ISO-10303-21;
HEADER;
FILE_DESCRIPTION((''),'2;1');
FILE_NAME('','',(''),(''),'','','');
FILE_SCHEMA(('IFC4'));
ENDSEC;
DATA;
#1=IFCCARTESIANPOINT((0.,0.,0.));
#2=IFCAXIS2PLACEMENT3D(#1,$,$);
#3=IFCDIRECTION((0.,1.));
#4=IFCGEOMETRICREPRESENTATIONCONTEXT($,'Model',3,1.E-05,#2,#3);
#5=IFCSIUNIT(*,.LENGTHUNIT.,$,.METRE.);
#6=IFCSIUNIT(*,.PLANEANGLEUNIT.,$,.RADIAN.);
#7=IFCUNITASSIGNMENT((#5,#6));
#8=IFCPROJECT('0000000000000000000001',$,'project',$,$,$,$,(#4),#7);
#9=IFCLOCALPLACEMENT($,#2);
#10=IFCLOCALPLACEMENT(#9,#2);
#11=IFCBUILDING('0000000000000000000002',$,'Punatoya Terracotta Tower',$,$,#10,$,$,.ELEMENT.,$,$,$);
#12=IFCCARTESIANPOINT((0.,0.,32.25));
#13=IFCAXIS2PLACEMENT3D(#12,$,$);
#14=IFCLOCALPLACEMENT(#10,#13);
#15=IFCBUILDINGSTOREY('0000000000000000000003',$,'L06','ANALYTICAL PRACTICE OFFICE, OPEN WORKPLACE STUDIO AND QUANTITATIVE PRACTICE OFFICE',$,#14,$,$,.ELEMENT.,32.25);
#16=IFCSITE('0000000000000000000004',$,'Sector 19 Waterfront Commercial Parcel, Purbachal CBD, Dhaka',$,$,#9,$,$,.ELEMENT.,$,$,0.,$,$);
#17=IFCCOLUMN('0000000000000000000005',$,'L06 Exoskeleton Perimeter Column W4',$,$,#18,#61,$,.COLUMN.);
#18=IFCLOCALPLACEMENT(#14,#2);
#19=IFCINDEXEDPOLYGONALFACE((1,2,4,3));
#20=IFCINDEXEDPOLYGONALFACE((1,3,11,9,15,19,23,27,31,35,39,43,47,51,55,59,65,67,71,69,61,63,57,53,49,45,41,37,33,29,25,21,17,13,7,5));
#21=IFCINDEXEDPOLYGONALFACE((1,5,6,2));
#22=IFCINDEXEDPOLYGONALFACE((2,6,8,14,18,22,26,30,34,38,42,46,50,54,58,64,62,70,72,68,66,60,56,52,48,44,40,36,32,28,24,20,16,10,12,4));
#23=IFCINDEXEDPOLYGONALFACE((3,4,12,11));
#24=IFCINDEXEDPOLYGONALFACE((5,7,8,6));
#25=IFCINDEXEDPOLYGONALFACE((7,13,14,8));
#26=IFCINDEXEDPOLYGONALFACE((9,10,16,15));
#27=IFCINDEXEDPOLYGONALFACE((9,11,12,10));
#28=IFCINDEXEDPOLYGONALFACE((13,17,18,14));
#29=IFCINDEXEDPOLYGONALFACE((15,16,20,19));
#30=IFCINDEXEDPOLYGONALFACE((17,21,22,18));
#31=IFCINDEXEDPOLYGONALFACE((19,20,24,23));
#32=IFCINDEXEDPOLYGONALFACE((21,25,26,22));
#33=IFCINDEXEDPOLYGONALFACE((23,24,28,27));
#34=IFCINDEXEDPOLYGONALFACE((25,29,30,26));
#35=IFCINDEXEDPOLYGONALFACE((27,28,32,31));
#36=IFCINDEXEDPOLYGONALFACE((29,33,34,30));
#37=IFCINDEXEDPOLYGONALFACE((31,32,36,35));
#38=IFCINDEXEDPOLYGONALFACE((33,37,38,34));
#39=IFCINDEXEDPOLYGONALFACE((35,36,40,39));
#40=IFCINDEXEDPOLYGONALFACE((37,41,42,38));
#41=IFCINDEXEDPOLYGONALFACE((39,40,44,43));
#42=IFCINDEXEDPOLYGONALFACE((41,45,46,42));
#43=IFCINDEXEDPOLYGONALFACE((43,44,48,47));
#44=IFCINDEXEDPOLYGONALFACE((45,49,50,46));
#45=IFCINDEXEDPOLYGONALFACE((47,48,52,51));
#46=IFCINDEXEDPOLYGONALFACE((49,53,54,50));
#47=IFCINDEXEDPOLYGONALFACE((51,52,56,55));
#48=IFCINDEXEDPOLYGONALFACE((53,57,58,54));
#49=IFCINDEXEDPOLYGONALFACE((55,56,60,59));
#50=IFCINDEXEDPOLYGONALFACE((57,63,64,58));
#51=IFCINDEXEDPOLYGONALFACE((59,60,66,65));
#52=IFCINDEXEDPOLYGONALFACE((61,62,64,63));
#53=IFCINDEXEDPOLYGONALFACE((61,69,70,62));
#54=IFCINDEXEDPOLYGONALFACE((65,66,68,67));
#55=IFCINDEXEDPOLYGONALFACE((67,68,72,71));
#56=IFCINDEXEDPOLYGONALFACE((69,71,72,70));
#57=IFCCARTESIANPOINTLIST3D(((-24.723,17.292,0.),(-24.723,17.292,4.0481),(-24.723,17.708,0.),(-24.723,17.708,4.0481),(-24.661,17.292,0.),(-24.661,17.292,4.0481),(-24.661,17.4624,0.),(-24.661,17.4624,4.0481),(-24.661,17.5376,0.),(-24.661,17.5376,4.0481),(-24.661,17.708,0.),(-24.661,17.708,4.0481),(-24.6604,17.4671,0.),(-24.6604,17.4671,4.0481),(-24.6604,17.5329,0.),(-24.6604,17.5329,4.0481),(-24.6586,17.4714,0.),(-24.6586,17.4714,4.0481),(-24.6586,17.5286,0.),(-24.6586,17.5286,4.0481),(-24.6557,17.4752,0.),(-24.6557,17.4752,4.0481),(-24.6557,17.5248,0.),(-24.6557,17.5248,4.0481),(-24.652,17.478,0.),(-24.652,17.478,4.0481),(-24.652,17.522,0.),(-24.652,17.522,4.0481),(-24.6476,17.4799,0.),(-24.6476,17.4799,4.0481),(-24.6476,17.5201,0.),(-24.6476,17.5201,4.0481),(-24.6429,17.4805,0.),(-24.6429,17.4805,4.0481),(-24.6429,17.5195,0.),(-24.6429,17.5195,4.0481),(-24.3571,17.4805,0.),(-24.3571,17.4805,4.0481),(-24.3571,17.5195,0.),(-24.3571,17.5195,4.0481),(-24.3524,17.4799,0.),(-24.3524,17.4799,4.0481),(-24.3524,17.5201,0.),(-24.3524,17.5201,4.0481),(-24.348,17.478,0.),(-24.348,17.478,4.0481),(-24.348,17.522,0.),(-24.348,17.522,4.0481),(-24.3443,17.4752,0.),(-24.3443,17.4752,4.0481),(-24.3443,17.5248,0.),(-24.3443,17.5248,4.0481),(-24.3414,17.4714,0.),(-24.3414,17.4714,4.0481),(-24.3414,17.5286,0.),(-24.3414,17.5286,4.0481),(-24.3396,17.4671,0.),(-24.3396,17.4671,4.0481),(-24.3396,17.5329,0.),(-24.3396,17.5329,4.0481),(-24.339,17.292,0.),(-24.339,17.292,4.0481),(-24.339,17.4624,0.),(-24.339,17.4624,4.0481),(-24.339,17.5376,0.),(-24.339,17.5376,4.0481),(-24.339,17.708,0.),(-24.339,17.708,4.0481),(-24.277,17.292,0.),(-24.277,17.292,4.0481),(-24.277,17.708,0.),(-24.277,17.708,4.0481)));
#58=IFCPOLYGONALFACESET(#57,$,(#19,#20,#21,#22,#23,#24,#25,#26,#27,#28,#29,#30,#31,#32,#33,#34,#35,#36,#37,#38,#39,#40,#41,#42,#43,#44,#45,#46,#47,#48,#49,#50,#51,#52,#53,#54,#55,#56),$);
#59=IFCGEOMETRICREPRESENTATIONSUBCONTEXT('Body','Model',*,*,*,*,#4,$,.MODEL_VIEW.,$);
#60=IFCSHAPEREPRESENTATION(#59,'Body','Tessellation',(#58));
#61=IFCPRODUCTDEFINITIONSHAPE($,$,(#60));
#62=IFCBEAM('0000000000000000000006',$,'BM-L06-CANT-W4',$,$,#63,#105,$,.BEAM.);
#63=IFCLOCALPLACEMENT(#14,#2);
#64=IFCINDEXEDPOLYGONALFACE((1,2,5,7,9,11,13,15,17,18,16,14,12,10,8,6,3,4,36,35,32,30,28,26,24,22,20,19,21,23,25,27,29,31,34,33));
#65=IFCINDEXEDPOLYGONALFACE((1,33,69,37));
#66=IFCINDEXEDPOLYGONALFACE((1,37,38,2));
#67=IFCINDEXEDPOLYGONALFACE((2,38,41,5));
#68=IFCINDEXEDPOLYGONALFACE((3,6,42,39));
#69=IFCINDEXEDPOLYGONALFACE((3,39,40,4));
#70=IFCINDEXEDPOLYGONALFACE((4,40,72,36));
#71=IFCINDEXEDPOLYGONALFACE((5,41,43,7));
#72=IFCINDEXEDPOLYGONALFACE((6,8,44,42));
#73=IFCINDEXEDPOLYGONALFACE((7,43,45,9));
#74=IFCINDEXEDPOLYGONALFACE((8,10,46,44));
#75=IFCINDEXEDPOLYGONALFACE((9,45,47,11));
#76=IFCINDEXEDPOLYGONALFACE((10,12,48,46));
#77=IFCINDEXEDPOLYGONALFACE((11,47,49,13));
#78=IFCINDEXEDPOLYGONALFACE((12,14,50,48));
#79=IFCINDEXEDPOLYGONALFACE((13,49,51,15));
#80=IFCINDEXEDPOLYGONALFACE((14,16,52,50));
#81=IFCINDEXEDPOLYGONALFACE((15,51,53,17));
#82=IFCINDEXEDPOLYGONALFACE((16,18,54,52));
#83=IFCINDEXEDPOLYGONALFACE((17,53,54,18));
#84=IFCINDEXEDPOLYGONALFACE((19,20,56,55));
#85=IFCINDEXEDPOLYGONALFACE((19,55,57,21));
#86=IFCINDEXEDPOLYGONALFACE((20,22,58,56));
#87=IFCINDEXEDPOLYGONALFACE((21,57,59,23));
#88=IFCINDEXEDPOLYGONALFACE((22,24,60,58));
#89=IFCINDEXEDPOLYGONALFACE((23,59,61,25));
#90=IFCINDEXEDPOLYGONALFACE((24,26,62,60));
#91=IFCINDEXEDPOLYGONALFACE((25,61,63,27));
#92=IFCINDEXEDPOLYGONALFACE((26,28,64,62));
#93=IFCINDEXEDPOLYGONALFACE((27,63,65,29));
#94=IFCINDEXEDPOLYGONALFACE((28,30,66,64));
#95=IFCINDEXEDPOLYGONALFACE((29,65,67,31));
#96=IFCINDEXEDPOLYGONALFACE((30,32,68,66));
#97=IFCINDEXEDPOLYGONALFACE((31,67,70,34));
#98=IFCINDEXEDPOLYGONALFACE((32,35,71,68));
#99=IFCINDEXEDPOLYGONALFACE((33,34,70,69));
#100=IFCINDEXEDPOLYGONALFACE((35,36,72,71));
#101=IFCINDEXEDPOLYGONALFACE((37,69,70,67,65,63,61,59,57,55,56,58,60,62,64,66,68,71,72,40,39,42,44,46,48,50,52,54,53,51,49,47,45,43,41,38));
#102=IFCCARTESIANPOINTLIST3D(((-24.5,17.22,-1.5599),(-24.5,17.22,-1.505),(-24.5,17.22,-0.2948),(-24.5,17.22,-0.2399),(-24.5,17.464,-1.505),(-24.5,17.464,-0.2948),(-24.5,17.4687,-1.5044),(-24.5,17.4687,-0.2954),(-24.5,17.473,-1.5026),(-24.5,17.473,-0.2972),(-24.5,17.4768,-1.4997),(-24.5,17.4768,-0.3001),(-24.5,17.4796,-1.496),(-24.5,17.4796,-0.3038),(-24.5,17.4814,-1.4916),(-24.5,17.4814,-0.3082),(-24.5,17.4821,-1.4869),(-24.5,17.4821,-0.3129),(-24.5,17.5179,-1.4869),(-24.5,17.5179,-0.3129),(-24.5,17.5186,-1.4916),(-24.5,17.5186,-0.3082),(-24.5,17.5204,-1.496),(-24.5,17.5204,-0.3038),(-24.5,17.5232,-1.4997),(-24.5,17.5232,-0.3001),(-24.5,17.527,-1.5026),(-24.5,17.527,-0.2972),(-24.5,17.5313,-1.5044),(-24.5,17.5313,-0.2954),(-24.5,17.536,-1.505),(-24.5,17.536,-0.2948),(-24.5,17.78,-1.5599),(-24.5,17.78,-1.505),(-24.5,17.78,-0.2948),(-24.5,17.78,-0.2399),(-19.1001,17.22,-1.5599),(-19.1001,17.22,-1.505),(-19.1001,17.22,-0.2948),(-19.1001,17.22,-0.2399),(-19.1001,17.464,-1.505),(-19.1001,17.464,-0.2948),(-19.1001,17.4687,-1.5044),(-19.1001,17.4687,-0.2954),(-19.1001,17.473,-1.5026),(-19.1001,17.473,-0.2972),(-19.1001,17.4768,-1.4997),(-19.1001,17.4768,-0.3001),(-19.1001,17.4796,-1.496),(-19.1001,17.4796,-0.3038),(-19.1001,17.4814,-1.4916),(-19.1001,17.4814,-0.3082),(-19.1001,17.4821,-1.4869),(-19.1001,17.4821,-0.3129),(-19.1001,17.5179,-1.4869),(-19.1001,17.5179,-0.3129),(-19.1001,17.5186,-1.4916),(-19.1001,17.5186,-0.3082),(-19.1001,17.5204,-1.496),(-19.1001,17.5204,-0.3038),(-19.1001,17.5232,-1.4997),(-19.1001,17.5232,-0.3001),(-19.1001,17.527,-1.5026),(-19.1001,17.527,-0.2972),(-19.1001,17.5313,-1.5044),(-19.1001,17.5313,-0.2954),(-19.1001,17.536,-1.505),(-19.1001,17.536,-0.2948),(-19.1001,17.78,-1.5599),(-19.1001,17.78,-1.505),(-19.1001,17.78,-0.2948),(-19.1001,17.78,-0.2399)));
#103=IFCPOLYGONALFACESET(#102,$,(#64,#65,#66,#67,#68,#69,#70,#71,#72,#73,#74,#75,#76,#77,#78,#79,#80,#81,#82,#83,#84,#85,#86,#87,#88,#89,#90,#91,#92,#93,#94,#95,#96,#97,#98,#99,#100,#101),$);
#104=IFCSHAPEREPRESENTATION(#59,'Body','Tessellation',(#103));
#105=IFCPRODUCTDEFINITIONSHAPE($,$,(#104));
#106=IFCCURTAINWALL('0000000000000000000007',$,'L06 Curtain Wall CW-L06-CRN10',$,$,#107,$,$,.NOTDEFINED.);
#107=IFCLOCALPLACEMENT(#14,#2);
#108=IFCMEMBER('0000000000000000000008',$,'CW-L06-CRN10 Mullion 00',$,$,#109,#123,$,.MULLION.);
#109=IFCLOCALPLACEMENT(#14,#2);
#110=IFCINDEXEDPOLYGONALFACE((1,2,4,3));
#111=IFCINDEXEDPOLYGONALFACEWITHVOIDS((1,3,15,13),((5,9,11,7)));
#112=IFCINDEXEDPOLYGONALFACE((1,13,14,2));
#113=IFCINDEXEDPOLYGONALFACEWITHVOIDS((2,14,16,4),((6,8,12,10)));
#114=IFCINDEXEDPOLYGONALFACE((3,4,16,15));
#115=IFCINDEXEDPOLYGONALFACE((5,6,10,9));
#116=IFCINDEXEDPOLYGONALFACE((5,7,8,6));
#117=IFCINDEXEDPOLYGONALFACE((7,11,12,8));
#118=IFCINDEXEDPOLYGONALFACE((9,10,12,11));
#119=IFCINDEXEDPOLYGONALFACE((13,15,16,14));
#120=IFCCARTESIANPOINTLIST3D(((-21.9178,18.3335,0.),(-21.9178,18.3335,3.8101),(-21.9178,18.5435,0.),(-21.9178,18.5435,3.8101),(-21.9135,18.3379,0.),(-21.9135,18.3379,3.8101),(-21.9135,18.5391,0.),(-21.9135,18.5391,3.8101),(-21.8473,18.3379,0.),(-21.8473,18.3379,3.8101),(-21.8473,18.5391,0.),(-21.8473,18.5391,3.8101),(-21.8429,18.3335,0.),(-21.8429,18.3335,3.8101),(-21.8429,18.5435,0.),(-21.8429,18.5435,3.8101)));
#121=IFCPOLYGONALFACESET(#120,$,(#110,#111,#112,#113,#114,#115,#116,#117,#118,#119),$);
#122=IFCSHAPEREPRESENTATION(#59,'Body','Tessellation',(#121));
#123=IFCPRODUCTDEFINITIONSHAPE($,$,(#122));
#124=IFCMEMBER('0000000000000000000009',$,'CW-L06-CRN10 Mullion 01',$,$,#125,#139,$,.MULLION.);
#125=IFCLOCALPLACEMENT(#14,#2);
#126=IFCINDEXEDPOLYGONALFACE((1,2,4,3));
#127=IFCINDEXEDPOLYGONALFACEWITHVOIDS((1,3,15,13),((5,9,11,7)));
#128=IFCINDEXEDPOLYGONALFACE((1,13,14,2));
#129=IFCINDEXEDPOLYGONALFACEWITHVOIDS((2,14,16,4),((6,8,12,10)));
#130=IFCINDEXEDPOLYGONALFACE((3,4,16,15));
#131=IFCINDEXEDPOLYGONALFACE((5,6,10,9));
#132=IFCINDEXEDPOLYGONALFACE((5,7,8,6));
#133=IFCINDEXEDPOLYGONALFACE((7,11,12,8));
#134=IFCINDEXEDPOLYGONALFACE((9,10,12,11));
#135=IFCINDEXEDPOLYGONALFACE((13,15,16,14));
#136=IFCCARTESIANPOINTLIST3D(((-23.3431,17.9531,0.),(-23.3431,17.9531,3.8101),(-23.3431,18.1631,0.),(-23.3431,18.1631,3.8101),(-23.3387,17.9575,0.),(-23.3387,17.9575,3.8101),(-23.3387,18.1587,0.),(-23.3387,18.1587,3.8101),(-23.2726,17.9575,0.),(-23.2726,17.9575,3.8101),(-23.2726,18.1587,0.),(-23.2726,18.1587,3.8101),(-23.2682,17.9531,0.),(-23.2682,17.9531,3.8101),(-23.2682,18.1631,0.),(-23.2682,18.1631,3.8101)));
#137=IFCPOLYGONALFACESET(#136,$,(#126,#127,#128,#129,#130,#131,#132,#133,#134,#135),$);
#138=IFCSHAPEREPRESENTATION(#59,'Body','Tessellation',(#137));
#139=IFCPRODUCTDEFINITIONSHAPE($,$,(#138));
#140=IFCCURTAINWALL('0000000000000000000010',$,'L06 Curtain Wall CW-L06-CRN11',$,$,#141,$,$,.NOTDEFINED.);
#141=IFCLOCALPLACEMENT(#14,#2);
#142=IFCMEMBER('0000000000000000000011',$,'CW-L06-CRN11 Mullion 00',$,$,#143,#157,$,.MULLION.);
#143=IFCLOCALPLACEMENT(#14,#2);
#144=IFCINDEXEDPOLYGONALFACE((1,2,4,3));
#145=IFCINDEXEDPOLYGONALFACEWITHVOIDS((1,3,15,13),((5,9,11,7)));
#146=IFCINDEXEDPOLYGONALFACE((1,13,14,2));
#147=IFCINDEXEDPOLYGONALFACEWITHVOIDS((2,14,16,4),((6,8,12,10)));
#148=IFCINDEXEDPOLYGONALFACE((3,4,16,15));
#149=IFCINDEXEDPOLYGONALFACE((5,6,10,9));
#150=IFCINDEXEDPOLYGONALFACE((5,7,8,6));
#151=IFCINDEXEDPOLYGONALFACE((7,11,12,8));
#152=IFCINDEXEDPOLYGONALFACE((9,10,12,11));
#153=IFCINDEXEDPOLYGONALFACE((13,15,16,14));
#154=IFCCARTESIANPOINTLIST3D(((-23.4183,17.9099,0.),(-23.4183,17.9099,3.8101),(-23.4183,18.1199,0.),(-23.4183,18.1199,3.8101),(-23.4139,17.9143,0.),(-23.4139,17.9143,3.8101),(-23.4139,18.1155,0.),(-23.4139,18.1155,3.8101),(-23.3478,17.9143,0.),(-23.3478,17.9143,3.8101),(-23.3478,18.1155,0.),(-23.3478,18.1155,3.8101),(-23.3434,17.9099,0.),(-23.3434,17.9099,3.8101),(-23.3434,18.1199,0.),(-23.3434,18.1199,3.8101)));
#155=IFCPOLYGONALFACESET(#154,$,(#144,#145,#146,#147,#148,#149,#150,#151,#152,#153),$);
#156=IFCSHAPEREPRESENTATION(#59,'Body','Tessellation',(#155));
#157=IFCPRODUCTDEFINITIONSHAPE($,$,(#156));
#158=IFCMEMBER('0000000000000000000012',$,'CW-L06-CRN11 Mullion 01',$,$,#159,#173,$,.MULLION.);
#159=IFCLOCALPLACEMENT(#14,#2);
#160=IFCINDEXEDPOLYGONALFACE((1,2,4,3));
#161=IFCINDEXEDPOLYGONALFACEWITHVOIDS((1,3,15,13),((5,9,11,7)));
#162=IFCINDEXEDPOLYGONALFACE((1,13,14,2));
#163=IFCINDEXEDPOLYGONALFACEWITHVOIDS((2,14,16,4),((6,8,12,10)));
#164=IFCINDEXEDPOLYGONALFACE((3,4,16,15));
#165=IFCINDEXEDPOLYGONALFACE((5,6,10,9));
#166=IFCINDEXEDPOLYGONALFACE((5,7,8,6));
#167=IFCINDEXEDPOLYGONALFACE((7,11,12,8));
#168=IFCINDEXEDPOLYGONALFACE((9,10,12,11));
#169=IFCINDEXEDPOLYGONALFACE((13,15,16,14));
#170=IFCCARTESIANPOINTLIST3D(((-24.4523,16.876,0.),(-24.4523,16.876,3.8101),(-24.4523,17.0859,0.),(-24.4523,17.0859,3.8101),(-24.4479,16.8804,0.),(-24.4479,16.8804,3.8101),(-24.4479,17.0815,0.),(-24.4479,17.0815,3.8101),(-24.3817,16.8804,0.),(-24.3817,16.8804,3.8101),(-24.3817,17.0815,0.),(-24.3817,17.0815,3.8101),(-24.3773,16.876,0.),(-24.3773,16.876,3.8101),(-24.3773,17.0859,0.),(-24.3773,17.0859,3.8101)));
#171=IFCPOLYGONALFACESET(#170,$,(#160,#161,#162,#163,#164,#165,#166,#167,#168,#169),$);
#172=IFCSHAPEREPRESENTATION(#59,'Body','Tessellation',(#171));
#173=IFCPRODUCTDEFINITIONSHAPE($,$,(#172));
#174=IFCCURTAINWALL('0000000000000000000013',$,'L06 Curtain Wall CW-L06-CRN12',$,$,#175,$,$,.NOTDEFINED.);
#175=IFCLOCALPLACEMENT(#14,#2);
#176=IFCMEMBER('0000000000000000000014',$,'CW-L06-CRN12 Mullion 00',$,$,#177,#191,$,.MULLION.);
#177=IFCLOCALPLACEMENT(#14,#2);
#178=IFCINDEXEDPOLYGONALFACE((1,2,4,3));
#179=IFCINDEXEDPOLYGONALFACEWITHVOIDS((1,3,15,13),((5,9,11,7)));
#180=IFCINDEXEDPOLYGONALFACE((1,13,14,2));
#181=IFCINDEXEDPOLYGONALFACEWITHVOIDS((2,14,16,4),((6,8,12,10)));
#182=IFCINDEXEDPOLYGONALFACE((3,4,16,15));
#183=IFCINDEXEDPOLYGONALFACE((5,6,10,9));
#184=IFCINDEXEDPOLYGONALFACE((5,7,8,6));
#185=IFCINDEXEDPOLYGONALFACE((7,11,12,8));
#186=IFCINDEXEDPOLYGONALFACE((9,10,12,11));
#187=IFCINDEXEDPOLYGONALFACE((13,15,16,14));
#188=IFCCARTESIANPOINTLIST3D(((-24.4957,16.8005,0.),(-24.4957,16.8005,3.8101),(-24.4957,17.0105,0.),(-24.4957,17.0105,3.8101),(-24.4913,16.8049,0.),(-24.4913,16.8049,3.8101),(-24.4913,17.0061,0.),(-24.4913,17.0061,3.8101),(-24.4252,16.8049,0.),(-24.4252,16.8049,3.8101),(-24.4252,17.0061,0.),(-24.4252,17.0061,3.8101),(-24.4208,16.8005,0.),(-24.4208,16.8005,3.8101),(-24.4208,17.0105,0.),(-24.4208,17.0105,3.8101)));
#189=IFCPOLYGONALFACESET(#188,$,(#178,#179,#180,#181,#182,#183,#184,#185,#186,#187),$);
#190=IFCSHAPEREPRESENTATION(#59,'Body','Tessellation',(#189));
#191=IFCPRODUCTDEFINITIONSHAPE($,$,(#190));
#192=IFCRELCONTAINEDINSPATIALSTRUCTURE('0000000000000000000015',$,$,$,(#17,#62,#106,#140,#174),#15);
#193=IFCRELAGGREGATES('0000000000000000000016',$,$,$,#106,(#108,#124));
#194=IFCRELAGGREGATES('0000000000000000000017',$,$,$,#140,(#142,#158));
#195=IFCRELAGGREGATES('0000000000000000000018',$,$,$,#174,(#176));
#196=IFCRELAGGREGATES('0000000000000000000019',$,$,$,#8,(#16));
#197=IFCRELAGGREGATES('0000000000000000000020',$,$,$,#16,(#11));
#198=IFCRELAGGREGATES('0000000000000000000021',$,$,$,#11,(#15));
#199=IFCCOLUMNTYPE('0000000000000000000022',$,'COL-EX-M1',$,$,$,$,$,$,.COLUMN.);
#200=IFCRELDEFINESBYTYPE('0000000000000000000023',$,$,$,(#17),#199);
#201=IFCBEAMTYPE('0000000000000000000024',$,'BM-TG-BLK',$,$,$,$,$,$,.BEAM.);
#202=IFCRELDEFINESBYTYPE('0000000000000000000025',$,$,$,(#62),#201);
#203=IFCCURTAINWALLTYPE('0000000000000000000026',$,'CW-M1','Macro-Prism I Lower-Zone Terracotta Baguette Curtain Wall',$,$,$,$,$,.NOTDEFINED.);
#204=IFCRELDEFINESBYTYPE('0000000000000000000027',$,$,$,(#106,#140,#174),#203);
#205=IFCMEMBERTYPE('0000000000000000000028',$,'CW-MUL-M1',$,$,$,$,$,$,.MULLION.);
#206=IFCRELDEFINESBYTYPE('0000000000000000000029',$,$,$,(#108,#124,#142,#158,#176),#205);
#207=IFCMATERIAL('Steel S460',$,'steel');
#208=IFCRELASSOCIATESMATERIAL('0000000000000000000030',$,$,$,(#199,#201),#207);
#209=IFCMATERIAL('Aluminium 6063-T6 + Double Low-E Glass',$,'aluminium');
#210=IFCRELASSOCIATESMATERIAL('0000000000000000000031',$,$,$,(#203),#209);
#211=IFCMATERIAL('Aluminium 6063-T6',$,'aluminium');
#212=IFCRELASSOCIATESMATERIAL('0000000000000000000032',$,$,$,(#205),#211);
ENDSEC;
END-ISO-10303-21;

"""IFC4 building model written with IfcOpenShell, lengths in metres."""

from ifc_helpers import new_model, si_unit, direction, frame, origin, origin_2d, place, context, subcontext, project, spatial, hollow_rectangle, i_section, extrude, material, material_profile, profile_set, type_object, element, aggregate, save


model = new_model("IFC4")

# Units and contexts
model_context = context("Model", 3, precision=1e-05, world=origin(), true_north=direction((0.0, 1.0)))
body_context = subcontext(model_context, "Body", "Model", "MODEL_VIEW")
ifc_project = project(units=[si_unit("LENGTHUNIT", "METRE"), si_unit("PLANEANGLEUNIT", "RADIAN")], contexts=[model_context])

# Site, building, storey
site_placement = place(None, origin())
site = spatial("IfcSite", under=ifc_project, at=site_placement, Name="Sector 19 Waterfront Commercial Parcel, Purbachal CBD, Dhaka", CompositionType="ELEMENT", RefElevation=0.0)
building_placement = place(site_placement, origin())
building = spatial("IfcBuilding", under=site, at=building_placement, Name="Punatoya Terracotta Tower", CompositionType="ELEMENT")
storey_placement = place(building_placement, frame((0.0, 0.0, 32.25)))
storey = spatial("IfcBuildingStorey", under=building, at=storey_placement, Name="L06", Description="ANALYTICAL PRACTICE OFFICE, OPEN WORKPLACE STUDIO AND QUANTITATIVE PRACTICE OFFICE", CompositionType="ELEMENT", Elevation=32.25)

# Column
ifc_material_1 = material(Name="Steel S460", Category="steel")
ifc_material_profile_1 = material_profile(ifc_material_1, i_section(OverallWidth=0.416, OverallDepth=0.446, WebThickness=0.0391, FlangeThickness=0.062, FilletRadius=0.0181, at=origin_2d()))
ifc_profile_set_1 = profile_set([ifc_material_profile_1], Name="Steel S460")
column_type = type_object("IfcColumnType", Name="COL-EX-M1", PredefinedType="COLUMN", material=ifc_profile_set_1)
column_placement = place(storey_placement, frame((-24.5, 17.5, 0.0), z_axis=(0.0, 0.0, 1.0), x_axis=(0.0, 1.0, 0.0)))
element("IfcColumn", 1, at=column_placement, inside=storey, type_object=column_type, Name="L06 Exoskeleton Perimeter Column W4", PredefinedType="COLUMN", context=body_context, shape_type="SweptSolid", body=[
    extrude(i_section(OverallWidth=0.416, OverallDepth=0.446, WebThickness=0.0391, FlangeThickness=0.062, FilletRadius=0.0181, at=origin_2d()), origin(), (0.0, 0.0, 1.0), 4.0481),
])

# Beam
ifc_material_profile_2 = material_profile(ifc_material_1, i_section(OverallWidth=0.5601, OverallDepth=1.3201, WebThickness=0.0359, FlangeThickness=0.0549, FilletRadius=0.0181, at=origin_2d()))
ifc_profile_set_2 = profile_set([ifc_material_profile_2], Name="Steel S460")
beam_type = type_object("IfcBeamType", Name="BM-TG-BLK", PredefinedType="BEAM", material=ifc_profile_set_2)
beam_placement = place(storey_placement, frame((-24.5, 17.5, -0.8999), z_axis=(1.0, 0.0, 0.0), x_axis=(0.0, 1.0, 0.0)))
element("IfcBeam", 2, at=beam_placement, inside=storey, type_object=beam_type, Name="BM-L06-CANT-W4", PredefinedType="BEAM", context=body_context, shape_type="SweptSolid", body=[
    extrude(i_section(OverallWidth=0.5601, OverallDepth=1.3201, WebThickness=0.0359, FlangeThickness=0.0549, FilletRadius=0.0181, at=origin_2d()), origin(), (0.0, 0.0, 1.0), 5.3999),
])

# Curtain walls, members
ifc_material_2 = material(Name="Aluminium 6063-T6 + Double Low-E Glass", Category="aluminium")
curtain_wall_type = type_object("IfcCurtainWallType", Name="CW-M1", Description="Macro-Prism I Lower-Zone Terracotta Baguette Curtain Wall", PredefinedType="NOTDEFINED", material=ifc_material_2)
curtain_wall_1_placement = place(storey_placement, origin())
curtain_wall_1 = element("IfcCurtainWall", 3, at=curtain_wall_1_placement, inside=storey, type_object=curtain_wall_type, Name="L06 Curtain Wall CW-L06-CRN10", PredefinedType="NOTDEFINED")
ifc_material_3 = material(Name="Aluminium 6063-T6", Category="aluminium")
ifc_material_profile_3 = material_profile(ifc_material_3, hollow_rectangle(XDim=0.075, YDim=0.21, WallThickness=0.0044, at=origin_2d()))
ifc_profile_set_3 = profile_set([ifc_material_profile_3], Name="Aluminium 6063-T6")
member_type_1 = type_object("IfcMemberType", Name="CW-MUL-M1", PredefinedType="MULLION", material=ifc_profile_set_3)
member_1_placement = place(storey_placement, frame((-21.8804, 18.4385, 0.0), z_axis=(0.0, 0.0, 1.0), x_axis=(1.0, 0.0, 0.0)))
member_1 = element("IfcMember", 4, at=member_1_placement, type_object=member_type_1, Name="CW-L06-CRN10 Mullion 00", PredefinedType="MULLION", context=body_context, shape_type="SweptSolid", body=[
    extrude(hollow_rectangle(XDim=0.075, YDim=0.21, WallThickness=0.0044, at=origin_2d()), origin(), (0.0, 0.0, 1.0), 3.8101),
])
member_2_placement = place(storey_placement, frame((-23.3057, 18.0581, 0.0), z_axis=(0.0, 0.0, 1.0), x_axis=(1.0, 0.0, 0.0)))
member_2 = element("IfcMember", 5, at=member_2_placement, type_object=member_type_1, Name="CW-L06-CRN10 Mullion 01", PredefinedType="MULLION", context=body_context, shape_type="SweptSolid", body=[
    extrude(hollow_rectangle(XDim=0.075, YDim=0.21, WallThickness=0.0044, at=origin_2d()), origin(), (0.0, 0.0, 1.0), 3.8101),
])
curtain_wall_2_placement = place(storey_placement, origin())
curtain_wall_2 = element("IfcCurtainWall", 6, at=curtain_wall_2_placement, inside=storey, type_object=curtain_wall_type, Name="L06 Curtain Wall CW-L06-CRN11", PredefinedType="NOTDEFINED")
member_3_placement = place(storey_placement, frame((-23.3809, 18.0149, 0.0), z_axis=(0.0, 0.0, 1.0), x_axis=(1.0, 0.0, 0.0)))
member_3 = element("IfcMember", 7, at=member_3_placement, type_object=member_type_1, Name="CW-L06-CRN11 Mullion 00", PredefinedType="MULLION", context=body_context, shape_type="SweptSolid", body=[
    extrude(hollow_rectangle(XDim=0.075, YDim=0.21, WallThickness=0.0044, at=origin_2d()), origin(), (0.0, 0.0, 1.0), 3.8101),
])
member_4_placement = place(storey_placement, frame((-24.4148, 16.981, 0.0), z_axis=(0.0, 0.0, 1.0), x_axis=(1.0, 0.0, 0.0)))
member_4 = element("IfcMember", 8, at=member_4_placement, type_object=member_type_1, Name="CW-L06-CRN11 Mullion 01", PredefinedType="MULLION", context=body_context, shape_type="SweptSolid", body=[
    extrude(hollow_rectangle(XDim=0.075, YDim=0.21, WallThickness=0.0044, at=origin_2d()), origin(), (0.0, 0.0, 1.0), 3.8101),
])
curtain_wall_3_placement = place(storey_placement, origin())
curtain_wall_3 = element("IfcCurtainWall", 9, at=curtain_wall_3_placement, inside=storey, type_object=curtain_wall_type, Name="L06 Curtain Wall CW-L06-CRN12", PredefinedType="NOTDEFINED")
member_5_placement = place(storey_placement, frame((-24.4583, 16.9055, 0.0), z_axis=(0.0, 0.0, 1.0), x_axis=(1.0, 0.0, 0.0)))
member_5 = element("IfcMember", 10, at=member_5_placement, type_object=member_type_1, Name="CW-L06-CRN12 Mullion 00", PredefinedType="MULLION", context=body_context, shape_type="SweptSolid", body=[
    extrude(hollow_rectangle(XDim=0.075, YDim=0.21, WallThickness=0.0044, at=origin_2d()), origin(), (0.0, 0.0, 1.0), 3.8101),
])

aggregate(curtain_wall_1, [member_1, member_2])
aggregate(curtain_wall_2, [member_3, member_4])
aggregate(curtain_wall_3, [member_5])

save(model, "model.ifc")
